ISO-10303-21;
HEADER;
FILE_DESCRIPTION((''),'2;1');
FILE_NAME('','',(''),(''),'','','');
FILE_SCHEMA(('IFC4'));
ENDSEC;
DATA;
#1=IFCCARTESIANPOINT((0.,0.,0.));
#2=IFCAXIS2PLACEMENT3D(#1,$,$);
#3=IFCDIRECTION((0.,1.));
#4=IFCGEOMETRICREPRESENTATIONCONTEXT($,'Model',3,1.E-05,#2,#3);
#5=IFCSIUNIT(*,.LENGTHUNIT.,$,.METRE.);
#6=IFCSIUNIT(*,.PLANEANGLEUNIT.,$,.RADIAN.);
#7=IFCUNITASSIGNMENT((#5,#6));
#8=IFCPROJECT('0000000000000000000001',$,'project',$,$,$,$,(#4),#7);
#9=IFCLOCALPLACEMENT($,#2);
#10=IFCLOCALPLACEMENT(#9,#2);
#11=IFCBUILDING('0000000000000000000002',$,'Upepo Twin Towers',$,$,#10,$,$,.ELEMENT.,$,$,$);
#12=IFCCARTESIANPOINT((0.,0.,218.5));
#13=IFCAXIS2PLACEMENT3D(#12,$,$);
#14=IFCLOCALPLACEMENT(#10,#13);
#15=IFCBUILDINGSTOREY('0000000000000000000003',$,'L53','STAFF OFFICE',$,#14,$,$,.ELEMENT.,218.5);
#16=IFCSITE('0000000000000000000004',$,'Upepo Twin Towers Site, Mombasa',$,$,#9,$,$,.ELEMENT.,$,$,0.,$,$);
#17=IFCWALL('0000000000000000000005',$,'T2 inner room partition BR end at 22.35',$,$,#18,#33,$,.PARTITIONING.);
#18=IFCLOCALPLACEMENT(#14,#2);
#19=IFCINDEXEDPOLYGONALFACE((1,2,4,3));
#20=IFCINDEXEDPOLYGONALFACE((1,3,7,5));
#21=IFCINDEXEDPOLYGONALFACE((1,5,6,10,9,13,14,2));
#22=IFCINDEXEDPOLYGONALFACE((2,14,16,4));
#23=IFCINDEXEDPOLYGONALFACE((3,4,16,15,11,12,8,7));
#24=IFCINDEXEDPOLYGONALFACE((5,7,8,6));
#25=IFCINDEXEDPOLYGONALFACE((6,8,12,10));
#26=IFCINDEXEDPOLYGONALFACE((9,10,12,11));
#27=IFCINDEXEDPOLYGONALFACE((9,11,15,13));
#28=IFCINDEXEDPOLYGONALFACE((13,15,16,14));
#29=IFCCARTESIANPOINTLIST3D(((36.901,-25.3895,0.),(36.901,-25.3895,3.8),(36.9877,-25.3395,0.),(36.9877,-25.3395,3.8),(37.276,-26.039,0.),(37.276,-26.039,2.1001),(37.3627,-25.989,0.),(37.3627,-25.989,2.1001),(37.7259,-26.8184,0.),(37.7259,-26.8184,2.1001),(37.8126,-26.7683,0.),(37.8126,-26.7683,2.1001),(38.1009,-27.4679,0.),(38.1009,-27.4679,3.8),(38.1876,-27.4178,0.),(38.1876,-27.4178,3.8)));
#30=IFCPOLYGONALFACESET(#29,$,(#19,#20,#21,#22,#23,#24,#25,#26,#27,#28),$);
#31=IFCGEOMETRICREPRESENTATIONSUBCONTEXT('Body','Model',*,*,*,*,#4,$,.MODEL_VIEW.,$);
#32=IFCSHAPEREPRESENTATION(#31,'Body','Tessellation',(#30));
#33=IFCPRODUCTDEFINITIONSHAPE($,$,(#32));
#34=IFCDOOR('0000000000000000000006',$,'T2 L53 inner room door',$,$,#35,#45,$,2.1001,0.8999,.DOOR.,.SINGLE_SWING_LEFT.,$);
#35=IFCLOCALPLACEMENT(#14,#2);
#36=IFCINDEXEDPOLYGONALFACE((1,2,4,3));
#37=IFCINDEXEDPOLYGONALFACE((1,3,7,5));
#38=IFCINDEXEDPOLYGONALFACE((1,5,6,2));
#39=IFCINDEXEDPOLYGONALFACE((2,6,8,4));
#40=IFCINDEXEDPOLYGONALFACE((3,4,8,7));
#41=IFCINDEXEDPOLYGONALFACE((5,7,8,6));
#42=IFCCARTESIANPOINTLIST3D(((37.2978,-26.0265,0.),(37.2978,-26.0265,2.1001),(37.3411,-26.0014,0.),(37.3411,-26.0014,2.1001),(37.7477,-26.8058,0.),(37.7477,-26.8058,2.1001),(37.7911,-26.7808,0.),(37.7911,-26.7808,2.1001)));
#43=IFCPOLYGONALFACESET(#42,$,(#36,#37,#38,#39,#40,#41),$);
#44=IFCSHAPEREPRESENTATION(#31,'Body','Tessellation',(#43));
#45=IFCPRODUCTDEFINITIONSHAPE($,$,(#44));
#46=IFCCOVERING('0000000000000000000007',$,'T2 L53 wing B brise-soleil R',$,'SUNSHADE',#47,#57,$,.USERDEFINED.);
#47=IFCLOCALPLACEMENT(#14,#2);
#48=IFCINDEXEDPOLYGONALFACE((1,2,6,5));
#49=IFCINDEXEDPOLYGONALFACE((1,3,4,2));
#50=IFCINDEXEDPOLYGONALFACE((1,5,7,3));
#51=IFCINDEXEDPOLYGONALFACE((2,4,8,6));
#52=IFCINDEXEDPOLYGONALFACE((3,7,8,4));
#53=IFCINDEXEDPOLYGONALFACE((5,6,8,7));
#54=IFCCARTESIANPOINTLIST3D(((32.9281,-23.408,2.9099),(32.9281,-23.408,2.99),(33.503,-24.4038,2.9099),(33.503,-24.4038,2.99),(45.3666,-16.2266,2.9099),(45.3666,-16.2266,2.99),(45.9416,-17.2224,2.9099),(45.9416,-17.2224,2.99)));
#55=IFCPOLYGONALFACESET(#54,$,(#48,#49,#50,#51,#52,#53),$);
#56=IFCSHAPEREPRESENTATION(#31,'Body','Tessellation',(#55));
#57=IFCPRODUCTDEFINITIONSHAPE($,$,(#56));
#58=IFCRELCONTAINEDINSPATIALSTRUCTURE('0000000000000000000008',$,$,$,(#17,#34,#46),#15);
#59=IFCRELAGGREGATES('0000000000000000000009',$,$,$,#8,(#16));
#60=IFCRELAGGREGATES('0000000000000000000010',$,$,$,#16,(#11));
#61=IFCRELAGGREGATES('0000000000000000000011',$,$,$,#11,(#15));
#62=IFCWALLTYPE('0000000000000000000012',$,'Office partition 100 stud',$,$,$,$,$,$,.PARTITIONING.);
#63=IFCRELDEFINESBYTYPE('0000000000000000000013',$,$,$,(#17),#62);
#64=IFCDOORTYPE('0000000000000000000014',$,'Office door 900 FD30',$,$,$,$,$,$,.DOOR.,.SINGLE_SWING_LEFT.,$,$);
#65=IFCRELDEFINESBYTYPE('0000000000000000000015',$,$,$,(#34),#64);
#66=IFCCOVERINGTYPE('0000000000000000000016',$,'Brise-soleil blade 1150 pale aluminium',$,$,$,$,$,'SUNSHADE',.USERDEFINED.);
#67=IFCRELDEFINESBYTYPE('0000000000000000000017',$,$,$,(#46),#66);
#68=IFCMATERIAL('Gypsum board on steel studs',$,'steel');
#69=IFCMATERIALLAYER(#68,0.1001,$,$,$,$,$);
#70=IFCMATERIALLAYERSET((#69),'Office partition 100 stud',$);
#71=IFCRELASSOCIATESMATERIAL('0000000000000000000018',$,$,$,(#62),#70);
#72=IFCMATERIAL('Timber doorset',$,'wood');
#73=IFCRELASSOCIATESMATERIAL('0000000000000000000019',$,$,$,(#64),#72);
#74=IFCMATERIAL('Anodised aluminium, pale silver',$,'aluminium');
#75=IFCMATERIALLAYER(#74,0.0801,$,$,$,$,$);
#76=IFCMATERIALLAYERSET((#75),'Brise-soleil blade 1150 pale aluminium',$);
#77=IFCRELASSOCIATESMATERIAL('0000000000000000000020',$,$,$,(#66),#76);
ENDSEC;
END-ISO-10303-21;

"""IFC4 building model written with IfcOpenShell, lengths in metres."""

from ifc_helpers import new_model, si_unit, direction, frame, frame_2d, origin, origin_2d, place, context, subcontext, project, spatial, rectangle, extrude, material, layer, layer_set, type_object, element, fill, save


model = new_model("IFC4")

# Units and contexts
model_context = context("Model", 3, precision=1e-05, world=origin(), true_north=direction((0.0, 1.0)))
body_context = subcontext(model_context, "Body", "Model", "MODEL_VIEW")
ifc_project = project(units=[si_unit("LENGTHUNIT", "METRE"), si_unit("PLANEANGLEUNIT", "RADIAN")], contexts=[model_context])

# Site, building, storey
site_placement = place(None, origin())
site = spatial("IfcSite", under=ifc_project, at=site_placement, Name="Upepo Twin Towers Site, Mombasa", CompositionType="ELEMENT", RefElevation=0.0)
building_placement = place(site_placement, origin())
building = spatial("IfcBuilding", under=site, at=building_placement, Name="Upepo Twin Towers", CompositionType="ELEMENT")
storey_placement = place(building_placement, frame((0.0, 0.0, 218.5)))
storey = spatial("IfcBuildingStorey", under=building, at=storey_placement, Name="L53", Description="STAFF OFFICE", CompositionType="ELEMENT", Elevation=218.5)

# Shared definitions
ifc_material_1 = material(Name="Gypsum board on steel studs", Category="steel")
ifc_layer_1 = layer(ifc_material_1, 0.1001)
ifc_layer_set_1 = layer_set([ifc_layer_1], Name="Office partition 100 stud")
wall_type_1 = type_object("IfcWallType", Name="Office partition 100 stud", PredefinedType="PARTITIONING", material=ifc_layer_set_1)

# Shared definitions
ifc_material_2 = material(Name="Timber doorset", Category="wood")
door_type = type_object("IfcDoorType", Name="Office door 900 FD30", OperationType="SINGLE_SWING_LEFT", PredefinedType="DOOR", material=ifc_material_2)

# Wall, opening, door
wall_1_placement = place(storey_placement, frame((38.1443, -27.4429, 0.0), z_axis=(0.0, 0.0, 1.0), x_axis=(-0.500001, 0.866025, 0.0)))
wall_1 = element("IfcWall", 1, at=wall_1_placement, inside=storey, type_object=wall_type_1, Name="T2 inner room partition BR end at 22.35", PredefinedType="PARTITIONING", context=body_context, shape_type="SweptSolid", body=[
    extrude(rectangle(XDim=2.3999, YDim=0.1001, at=frame_2d((1.2, 0.0))), origin(), (0.0, 0.0, 1.0), 3.8),
])
opening_1_placement = place(wall_1_placement, frame((0.75, 0.0, 0.0)))
opening_1 = element("IfcOpeningElement", 2, at=opening_1_placement, cuts=wall_1, PredefinedType="OPENING", context=body_context, shape_type="SweptSolid", body=[
    extrude(rectangle(XDim=0.8999, YDim=2.1001, at=frame_2d((0.45, 1.05))), frame((0.0, 0.0601, 0.0), z_axis=(0.0, -1.0, 0.0), x_axis=(1.0, 0.0, 0.0)), (0.0, 0.0, 1.0), 0.1201),
])
door_1_placement = place(opening_1_placement, origin())
door_1 = element("IfcDoor", 3, at=door_1_placement, inside=storey, type_object=door_type, Name="T2 L53 inner room door", OperationType="SINGLE_SWING_LEFT", OverallHeight=2.1001, OverallWidth=0.8999, PredefinedType="DOOR", context=body_context, shape_type="SweptSolid", body=[
    extrude(rectangle(XDim=0.8999, YDim=2.1001, at=frame_2d((0.45, 1.05))), frame((0.0, 0.0249, 0.0), z_axis=(0.0, -1.0, 0.0), x_axis=(1.0, 0.0, 0.0)), (0.0, 0.0, 1.0), 0.05),
])
fill(opening_1, door_1)

# Covering
ifc_material_3 = material(Name="Anodised aluminium, pale silver", Category="aluminium")
ifc_layer_2 = layer(ifc_material_3, 0.0801)
ifc_layer_set_2 = layer_set([ifc_layer_2], Name="Brise-soleil blade 1150 pale aluminium")
covering_type = type_object("IfcCoveringType", Name="Brise-soleil blade 1150 pale aluminium", ElementType="SUNSHADE", PredefinedType="USERDEFINED", material=ifc_layer_set_2)
covering_placement = place(storey_placement, frame((39.4348, -20.3152, 2.9099), z_axis=(0.0, 0.0, 1.0), x_axis=(-0.866025, -0.5, 0.0)))
element("IfcCovering", 4, at=covering_placement, inside=storey, type_object=covering_type, Name="T2 L53 wing B brise-soleil R", ObjectType="SUNSHADE", PredefinedType="USERDEFINED", context=body_context, shape_type="SweptSolid", body=[
    extrude(rectangle(XDim=14.3628, YDim=1.1499, at=origin_2d()), origin(), (0.0, 0.0, 1.0), 0.0801),
])

save(model, "model.ifc")
